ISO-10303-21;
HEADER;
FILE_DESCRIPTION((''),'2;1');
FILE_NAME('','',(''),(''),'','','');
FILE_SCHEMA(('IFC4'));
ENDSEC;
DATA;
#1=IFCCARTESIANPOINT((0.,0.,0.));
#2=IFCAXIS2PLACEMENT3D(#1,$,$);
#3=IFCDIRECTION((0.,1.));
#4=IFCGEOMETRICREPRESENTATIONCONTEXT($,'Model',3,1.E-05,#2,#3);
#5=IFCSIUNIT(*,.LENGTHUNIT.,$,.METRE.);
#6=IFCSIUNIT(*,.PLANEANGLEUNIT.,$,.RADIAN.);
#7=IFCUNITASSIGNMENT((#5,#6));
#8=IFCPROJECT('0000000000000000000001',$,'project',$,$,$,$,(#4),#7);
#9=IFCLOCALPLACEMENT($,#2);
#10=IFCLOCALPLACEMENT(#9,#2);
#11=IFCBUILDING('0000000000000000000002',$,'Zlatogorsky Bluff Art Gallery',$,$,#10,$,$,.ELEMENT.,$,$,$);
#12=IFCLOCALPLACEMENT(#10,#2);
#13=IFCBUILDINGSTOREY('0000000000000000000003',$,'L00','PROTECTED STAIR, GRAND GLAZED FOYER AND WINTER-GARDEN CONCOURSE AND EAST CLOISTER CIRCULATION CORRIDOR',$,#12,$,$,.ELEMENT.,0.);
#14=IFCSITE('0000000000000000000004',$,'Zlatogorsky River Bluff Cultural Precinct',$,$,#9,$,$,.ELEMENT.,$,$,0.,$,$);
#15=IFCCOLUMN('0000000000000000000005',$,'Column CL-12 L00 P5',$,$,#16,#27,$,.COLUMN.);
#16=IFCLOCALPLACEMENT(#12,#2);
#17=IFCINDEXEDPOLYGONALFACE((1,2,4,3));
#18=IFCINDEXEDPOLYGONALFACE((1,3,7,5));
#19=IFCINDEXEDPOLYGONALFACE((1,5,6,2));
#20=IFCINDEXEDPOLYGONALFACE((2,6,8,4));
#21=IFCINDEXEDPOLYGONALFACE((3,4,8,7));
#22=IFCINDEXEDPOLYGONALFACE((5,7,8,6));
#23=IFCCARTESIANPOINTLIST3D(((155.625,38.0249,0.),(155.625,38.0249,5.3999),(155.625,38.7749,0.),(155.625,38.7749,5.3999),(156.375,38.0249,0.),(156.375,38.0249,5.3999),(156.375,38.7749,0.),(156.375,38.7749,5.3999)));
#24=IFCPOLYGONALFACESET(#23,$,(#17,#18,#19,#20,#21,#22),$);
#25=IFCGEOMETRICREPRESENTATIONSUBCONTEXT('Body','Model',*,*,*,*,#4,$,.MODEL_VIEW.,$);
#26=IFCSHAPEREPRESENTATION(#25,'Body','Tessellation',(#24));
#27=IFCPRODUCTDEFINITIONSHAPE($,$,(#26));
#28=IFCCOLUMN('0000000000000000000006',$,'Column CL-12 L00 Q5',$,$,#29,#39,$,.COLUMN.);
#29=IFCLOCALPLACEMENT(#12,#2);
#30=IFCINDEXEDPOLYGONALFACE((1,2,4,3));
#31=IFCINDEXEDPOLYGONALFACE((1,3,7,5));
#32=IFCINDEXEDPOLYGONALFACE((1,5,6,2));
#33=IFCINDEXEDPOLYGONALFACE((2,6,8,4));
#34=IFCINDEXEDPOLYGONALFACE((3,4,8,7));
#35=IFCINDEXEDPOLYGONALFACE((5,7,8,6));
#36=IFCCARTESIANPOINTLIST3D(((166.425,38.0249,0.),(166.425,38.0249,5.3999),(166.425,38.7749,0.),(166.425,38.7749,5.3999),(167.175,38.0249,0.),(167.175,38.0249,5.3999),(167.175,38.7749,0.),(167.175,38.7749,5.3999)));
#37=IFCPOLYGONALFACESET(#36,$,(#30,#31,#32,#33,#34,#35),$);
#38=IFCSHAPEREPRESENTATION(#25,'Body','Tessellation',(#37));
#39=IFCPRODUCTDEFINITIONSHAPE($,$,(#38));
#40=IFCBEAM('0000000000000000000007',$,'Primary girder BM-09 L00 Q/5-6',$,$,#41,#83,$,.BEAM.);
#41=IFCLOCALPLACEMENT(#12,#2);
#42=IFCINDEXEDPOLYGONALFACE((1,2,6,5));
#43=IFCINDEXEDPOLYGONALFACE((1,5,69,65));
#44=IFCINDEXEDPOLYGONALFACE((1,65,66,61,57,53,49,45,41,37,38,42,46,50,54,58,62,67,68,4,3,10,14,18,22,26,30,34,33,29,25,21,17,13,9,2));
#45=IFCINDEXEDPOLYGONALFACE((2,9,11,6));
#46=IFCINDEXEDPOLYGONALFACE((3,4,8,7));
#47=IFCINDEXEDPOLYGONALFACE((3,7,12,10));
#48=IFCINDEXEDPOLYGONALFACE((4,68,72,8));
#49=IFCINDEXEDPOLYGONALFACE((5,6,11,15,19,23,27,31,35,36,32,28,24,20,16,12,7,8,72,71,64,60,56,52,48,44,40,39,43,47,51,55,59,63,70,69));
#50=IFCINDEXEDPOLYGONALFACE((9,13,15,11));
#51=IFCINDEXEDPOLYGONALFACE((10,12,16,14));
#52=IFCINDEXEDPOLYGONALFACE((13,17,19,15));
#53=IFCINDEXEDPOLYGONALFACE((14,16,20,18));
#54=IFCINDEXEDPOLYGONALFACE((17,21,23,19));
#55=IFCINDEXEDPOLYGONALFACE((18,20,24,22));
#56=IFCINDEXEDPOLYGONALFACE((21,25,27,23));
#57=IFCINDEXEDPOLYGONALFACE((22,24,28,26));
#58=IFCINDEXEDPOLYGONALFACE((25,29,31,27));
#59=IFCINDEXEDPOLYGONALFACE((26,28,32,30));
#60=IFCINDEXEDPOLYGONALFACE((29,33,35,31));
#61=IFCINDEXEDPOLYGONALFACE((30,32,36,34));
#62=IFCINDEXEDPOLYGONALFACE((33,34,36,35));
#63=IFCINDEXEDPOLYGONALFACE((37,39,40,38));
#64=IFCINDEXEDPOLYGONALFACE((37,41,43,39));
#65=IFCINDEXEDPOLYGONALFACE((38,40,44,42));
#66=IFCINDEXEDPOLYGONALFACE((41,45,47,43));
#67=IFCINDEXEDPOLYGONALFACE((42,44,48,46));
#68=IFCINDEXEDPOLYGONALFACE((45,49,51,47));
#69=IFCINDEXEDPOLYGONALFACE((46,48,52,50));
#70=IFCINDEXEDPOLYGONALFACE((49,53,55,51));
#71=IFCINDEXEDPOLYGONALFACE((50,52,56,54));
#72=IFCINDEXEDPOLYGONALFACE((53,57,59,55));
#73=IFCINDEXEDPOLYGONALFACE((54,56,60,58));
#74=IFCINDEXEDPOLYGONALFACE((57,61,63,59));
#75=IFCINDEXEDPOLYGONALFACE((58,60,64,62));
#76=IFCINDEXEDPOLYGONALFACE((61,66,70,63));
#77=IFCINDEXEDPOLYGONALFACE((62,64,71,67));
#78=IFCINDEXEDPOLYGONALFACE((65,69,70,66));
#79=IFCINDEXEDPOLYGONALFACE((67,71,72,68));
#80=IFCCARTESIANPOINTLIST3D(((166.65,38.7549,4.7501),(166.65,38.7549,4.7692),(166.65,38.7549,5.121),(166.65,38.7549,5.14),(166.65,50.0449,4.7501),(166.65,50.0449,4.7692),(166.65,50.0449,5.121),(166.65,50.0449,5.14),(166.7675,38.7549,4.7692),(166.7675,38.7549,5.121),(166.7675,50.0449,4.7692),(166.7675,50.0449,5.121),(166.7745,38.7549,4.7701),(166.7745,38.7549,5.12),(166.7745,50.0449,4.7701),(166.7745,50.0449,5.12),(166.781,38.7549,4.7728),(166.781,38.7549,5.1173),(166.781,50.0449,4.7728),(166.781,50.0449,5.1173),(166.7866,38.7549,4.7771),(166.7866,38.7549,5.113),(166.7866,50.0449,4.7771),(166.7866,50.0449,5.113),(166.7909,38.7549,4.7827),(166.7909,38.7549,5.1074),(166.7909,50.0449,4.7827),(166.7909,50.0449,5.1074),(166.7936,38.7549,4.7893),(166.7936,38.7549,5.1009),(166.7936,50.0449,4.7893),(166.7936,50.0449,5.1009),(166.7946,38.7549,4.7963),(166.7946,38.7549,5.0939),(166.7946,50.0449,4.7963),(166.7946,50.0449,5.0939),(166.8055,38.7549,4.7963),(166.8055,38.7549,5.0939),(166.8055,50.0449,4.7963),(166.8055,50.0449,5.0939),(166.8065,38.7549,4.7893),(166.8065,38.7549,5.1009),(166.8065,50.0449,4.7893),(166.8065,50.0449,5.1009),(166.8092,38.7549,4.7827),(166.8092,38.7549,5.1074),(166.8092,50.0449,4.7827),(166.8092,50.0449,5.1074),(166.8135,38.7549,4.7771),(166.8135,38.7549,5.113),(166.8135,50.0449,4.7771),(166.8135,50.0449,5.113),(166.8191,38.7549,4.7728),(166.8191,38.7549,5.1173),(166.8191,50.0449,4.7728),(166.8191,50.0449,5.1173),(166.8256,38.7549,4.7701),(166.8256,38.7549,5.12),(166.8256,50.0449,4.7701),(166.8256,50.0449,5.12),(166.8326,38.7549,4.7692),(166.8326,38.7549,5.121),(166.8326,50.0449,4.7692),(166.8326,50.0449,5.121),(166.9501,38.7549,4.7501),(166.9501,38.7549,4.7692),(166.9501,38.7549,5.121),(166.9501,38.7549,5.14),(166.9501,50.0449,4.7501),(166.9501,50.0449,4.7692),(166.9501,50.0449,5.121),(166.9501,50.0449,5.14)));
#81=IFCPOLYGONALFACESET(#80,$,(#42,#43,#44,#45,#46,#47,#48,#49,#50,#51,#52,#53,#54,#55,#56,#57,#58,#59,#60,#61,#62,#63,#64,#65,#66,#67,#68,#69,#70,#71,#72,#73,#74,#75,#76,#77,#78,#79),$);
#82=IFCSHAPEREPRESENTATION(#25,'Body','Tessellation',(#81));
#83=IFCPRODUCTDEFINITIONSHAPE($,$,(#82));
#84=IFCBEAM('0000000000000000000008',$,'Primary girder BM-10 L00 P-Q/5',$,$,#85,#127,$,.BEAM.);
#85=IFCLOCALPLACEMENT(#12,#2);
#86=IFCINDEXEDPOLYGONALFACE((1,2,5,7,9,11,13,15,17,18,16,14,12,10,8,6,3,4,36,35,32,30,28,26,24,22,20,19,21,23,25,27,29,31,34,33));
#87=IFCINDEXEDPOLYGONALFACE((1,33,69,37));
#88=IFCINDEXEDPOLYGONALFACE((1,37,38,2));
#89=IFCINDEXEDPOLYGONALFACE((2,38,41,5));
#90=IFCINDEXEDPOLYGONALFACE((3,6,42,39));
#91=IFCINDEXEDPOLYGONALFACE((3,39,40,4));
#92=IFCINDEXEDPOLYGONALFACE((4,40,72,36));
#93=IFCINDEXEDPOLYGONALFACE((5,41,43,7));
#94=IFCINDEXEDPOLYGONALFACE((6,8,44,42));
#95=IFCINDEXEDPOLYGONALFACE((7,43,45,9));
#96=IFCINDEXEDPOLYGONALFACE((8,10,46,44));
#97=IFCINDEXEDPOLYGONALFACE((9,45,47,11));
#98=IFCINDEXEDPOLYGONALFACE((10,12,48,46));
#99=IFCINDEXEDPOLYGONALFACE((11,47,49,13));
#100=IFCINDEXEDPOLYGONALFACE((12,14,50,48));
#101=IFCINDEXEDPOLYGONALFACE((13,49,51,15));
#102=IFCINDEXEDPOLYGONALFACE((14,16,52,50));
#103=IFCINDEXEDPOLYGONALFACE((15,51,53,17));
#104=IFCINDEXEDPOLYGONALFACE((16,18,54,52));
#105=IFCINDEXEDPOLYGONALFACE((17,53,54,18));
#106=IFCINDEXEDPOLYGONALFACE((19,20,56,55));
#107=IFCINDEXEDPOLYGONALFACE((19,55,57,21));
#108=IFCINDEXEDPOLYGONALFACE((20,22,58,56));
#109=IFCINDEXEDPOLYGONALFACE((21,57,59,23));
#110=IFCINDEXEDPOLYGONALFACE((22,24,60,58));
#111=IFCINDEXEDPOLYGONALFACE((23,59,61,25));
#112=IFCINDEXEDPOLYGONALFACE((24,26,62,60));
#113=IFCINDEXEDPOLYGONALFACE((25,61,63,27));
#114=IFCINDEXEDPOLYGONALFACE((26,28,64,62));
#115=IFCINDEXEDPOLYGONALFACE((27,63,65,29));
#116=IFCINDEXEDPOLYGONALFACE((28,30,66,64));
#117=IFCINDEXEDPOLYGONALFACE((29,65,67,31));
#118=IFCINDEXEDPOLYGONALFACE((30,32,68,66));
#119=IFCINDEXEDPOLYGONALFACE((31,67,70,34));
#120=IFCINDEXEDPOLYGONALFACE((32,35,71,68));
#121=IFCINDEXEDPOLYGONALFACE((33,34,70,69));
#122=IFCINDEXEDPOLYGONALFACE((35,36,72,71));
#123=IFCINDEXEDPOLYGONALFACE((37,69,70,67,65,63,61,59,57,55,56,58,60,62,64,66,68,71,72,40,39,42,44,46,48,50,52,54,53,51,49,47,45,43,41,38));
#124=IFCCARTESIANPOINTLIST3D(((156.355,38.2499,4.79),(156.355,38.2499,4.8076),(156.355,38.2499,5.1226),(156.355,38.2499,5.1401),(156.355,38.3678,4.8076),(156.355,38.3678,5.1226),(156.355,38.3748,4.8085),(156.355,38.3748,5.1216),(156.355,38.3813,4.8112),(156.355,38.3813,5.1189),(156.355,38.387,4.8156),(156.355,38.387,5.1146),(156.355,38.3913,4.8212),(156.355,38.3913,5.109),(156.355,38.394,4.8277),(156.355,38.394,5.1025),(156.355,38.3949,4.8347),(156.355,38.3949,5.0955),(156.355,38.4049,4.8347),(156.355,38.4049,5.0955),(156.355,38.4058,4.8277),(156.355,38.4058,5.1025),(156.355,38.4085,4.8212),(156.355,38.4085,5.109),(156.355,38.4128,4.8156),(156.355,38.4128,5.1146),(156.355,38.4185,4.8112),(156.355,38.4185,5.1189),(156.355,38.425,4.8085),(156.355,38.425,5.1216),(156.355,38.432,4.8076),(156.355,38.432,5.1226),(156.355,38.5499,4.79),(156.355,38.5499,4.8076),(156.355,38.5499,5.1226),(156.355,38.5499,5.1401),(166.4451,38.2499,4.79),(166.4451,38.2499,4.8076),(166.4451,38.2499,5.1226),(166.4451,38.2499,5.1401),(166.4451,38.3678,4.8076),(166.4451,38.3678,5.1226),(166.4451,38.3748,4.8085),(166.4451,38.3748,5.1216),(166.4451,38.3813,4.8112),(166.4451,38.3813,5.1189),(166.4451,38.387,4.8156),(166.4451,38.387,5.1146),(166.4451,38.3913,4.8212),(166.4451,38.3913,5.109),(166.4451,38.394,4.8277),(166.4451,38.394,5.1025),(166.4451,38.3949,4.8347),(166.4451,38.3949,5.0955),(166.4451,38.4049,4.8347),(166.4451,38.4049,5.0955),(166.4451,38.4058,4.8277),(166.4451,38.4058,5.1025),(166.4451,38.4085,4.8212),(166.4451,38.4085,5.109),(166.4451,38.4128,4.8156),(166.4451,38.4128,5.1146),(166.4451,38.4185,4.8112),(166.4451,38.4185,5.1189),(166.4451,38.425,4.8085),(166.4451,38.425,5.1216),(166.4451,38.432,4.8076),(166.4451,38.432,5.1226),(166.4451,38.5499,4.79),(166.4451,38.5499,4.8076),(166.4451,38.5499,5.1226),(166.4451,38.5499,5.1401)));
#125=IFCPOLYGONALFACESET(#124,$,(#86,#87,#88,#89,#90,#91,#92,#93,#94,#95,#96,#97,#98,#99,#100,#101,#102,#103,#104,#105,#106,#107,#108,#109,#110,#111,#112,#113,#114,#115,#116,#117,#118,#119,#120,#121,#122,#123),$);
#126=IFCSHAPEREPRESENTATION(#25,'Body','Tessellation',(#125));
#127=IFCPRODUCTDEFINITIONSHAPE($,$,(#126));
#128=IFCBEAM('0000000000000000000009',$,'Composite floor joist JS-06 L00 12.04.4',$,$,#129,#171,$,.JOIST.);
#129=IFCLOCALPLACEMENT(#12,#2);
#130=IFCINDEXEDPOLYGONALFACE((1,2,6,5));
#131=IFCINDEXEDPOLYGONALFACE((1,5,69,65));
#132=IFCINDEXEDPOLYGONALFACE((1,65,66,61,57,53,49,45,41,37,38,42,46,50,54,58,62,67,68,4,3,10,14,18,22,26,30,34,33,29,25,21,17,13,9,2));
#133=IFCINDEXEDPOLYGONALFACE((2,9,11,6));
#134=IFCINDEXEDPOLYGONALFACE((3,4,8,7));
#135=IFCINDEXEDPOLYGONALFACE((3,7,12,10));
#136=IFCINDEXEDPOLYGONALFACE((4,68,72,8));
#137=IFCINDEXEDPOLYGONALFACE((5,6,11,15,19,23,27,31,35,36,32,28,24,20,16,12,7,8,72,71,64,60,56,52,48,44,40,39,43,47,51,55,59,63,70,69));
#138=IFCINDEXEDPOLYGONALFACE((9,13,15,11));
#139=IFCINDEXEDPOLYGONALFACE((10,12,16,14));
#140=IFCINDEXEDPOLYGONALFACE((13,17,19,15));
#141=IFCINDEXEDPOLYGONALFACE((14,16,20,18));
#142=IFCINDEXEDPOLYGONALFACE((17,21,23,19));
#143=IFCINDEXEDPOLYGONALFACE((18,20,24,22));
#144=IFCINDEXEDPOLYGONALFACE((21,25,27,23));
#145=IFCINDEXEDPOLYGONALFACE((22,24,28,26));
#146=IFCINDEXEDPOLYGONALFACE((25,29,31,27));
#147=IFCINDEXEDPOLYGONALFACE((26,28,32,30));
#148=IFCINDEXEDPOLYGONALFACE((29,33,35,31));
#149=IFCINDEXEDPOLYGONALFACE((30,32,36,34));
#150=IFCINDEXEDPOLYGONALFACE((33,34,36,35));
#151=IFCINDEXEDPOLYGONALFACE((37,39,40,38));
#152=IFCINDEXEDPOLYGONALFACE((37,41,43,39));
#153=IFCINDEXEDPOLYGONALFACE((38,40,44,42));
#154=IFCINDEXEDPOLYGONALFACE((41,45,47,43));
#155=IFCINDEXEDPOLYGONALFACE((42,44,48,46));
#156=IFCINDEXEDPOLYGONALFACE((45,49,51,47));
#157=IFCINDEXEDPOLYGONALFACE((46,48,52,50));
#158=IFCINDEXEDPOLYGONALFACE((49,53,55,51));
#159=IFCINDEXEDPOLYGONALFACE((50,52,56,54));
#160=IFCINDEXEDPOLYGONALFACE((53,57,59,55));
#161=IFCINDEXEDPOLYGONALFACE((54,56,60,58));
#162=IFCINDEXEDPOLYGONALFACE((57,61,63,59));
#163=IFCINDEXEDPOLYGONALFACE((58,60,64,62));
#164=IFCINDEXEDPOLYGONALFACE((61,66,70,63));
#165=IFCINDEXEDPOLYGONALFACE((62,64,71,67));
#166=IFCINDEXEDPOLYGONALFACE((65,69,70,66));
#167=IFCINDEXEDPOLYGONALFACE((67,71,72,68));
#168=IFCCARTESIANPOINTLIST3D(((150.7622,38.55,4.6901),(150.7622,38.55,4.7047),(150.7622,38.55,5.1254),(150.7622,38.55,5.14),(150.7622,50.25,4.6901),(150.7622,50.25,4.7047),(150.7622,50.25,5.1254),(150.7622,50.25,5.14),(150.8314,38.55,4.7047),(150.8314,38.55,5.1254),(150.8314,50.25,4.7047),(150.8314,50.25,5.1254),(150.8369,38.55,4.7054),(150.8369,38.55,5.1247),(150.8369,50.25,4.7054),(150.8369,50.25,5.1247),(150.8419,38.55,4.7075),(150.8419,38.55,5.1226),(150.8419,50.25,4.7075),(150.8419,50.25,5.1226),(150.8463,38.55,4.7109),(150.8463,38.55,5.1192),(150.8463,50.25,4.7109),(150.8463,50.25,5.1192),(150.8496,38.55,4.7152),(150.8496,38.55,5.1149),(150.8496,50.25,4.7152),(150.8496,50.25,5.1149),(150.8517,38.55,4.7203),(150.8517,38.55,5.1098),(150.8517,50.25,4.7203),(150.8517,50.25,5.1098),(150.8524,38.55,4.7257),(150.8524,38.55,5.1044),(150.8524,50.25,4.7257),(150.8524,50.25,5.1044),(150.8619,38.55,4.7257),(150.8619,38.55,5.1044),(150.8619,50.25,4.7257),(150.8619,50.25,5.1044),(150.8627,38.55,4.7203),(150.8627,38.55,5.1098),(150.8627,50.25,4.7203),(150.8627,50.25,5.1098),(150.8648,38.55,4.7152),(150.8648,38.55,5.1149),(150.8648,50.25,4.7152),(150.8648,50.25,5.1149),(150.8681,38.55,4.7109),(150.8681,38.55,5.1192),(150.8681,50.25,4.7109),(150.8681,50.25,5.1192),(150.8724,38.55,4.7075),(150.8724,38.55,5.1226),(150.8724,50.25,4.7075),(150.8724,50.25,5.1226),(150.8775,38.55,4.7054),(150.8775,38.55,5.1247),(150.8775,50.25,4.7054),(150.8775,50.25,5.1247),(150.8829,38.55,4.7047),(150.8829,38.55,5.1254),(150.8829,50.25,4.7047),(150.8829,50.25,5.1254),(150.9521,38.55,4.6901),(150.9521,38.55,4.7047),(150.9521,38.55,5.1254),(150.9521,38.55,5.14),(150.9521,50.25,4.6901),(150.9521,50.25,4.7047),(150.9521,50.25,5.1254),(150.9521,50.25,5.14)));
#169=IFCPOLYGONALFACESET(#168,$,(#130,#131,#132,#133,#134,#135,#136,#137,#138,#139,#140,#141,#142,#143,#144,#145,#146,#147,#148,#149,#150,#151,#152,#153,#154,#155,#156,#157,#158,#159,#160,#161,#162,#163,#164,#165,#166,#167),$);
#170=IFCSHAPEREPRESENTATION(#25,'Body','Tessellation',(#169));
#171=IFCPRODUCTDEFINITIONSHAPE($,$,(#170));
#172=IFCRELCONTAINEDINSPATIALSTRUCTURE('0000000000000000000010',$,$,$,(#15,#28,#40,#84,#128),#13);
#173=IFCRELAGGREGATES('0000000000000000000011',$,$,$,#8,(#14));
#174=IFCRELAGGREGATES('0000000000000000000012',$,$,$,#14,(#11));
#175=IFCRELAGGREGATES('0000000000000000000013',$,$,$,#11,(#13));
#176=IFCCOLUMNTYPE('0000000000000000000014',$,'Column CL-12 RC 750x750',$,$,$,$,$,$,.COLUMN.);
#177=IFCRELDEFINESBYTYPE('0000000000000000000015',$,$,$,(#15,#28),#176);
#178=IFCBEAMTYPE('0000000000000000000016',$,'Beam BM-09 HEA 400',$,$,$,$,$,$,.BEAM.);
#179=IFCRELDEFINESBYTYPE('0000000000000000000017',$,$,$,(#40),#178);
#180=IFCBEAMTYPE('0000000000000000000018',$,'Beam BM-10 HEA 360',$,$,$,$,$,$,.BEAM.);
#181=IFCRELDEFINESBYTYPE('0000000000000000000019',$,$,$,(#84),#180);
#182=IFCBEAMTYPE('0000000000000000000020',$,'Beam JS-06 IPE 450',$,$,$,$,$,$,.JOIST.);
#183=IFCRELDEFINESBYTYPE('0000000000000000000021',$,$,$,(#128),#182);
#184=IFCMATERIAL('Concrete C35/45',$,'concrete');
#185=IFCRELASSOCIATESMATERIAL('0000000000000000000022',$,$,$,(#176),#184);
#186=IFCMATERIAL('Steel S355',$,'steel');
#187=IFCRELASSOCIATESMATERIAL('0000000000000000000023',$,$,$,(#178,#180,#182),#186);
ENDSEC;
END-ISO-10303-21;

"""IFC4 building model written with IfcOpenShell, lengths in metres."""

from ifc_helpers import new_model, si_unit, direction, frame, origin, origin_2d, place, context, subcontext, project, spatial, rectangle, i_section, extrude, material, material_profile, profile_set, type_object, element, save


model = new_model("IFC4")

# Units and contexts
model_context = context("Model", 3, precision=1e-05, world=origin(), true_north=direction((0.0, 1.0)))
body_context = subcontext(model_context, "Body", "Model", "MODEL_VIEW")
ifc_project = project(units=[si_unit("LENGTHUNIT", "METRE"), si_unit("PLANEANGLEUNIT", "RADIAN")], contexts=[model_context])

# Site, building, storey
site_placement = place(None, origin())
site = spatial("IfcSite", under=ifc_project, at=site_placement, Name="Zlatogorsky River Bluff Cultural Precinct", CompositionType="ELEMENT", RefElevation=0.0)
building_placement = place(site_placement, origin())
building = spatial("IfcBuilding", under=site, at=building_placement, Name="Zlatogorsky Bluff Art Gallery", CompositionType="ELEMENT")
storey_placement = place(building_placement, origin())
storey = spatial("IfcBuildingStorey", under=building, at=storey_placement, Name="L00", Description="PROTECTED STAIR, GRAND GLAZED FOYER AND WINTER-GARDEN CONCOURSE AND EAST CLOISTER CIRCULATION CORRIDOR", CompositionType="ELEMENT", Elevation=0.0)

# Columns
ifc_material_1 = material(Name="Concrete C35/45", Category="concrete")
ifc_material_profile_1 = material_profile(ifc_material_1, rectangle(XDim=0.75, YDim=0.75, at=origin_2d()), Name="RC 750x750")
ifc_profile_set_1 = profile_set([ifc_material_profile_1], Name="Concrete C35/45")
column_type = type_object("IfcColumnType", Name="Column CL-12 RC 750x750", PredefinedType="COLUMN", material=ifc_profile_set_1)
for number, where, z_axis, x_axis, name in (
    (1, (156.0, 38.3999, 0.0), (0.0, 0.0, 1.0), (1.0, 0.0, 0.0), "Column CL-12 L00 P5"),
    (2, (166.8, 38.3999, 0.0), (0.0, 0.0, 1.0), (1.0, 0.0, 0.0), "Column CL-12 L00 Q5"),
):
    element("IfcColumn", number, at=place(storey_placement, frame(where, z_axis=z_axis, x_axis=x_axis)), inside=storey, type_object=column_type, Name=name, PredefinedType="COLUMN", context=body_context, shape_type="SweptSolid", body=[
        extrude(rectangle(XDim=0.75, YDim=0.75, at=origin_2d()), origin(), (0.0, 0.0, 1.0), 5.3999),
    ])

# Beams
ifc_material_2 = material(Name="Steel S355", Category="steel")
ifc_material_profile_2 = material_profile(ifc_material_2, i_section(OverallWidth=0.3, OverallDepth=0.3899, WebThickness=0.011, FlangeThickness=0.019, FilletRadius=0.0271, at=origin_2d()), Name="HEA 400")
ifc_profile_set_2 = profile_set([ifc_material_profile_2], Name="Steel S355")
beam_type_1 = type_object("IfcBeamType", Name="Beam BM-09 HEA 400", PredefinedType="BEAM", material=ifc_profile_set_2)
beam_1_placement = place(storey_placement, frame((166.8, 38.7549, 4.9451), z_axis=(0.0, 1.0, 0.0), x_axis=(-1.0, 0.0, 0.0)))
element("IfcBeam", 3, at=beam_1_placement, inside=storey, type_object=beam_type_1, Name="Primary girder BM-09 L00 Q/5-6", PredefinedType="BEAM", context=body_context, shape_type="SweptSolid", body=[
    extrude(i_section(OverallWidth=0.3, OverallDepth=0.3899, WebThickness=0.011, FlangeThickness=0.019, FilletRadius=0.0271, at=origin_2d()), origin(), (0.0, 0.0, 1.0), 11.29),
])
ifc_material_profile_3 = material_profile(ifc_material_2, i_section(OverallWidth=0.3, OverallDepth=0.3501, WebThickness=0.01, FlangeThickness=0.0176, FilletRadius=0.0271, at=origin_2d()), Name="HEA 360")
ifc_profile_set_3 = profile_set([ifc_material_profile_3], Name="Steel S355")
beam_type_2 = type_object("IfcBeamType", Name="Beam BM-10 HEA 360", PredefinedType="BEAM", material=ifc_profile_set_3)
beam_2_placement = place(storey_placement, frame((156.355, 38.3999, 4.9651), z_axis=(1.0, 0.0, 0.0), x_axis=(0.0, 1.0, 0.0)))
element("IfcBeam", 4, at=beam_2_placement, inside=storey, type_object=beam_type_2, Name="Primary girder BM-10 L00 P-Q/5", PredefinedType="BEAM", context=body_context, shape_type="SweptSolid", body=[
    extrude(i_section(OverallWidth=0.3, OverallDepth=0.3501, WebThickness=0.01, FlangeThickness=0.0176, FilletRadius=0.0271, at=origin_2d()), origin(), (0.0, 0.0, 1.0), 10.0901),
])
ifc_material_profile_4 = material_profile(ifc_material_2, i_section(OverallWidth=0.1899, OverallDepth=0.45, WebThickness=0.0095, FlangeThickness=0.0146, FilletRadius=0.021, at=origin_2d()), Name="IPE 450")
ifc_profile_set_4 = profile_set([ifc_material_profile_4], Name="Steel S355")
beam_type_3 = type_object("IfcBeamType", Name="Beam JS-06 IPE 450", PredefinedType="JOIST", material=ifc_profile_set_4)
for number, where, z_axis, x_axis, name in (
    (5, (150.8572, 38.55, 4.915), (0.0, 1.0, 0.0), (-1.0, 0.0, 0.0), "Composite floor joist JS-06 L00 12.04.4"),
):
    element("IfcBeam", number, at=place(storey_placement, frame(where, z_axis=z_axis, x_axis=x_axis)), inside=storey, type_object=beam_type_3, Name=name, PredefinedType="JOIST", context=body_context, shape_type="SweptSolid", body=[
        extrude(i_section(OverallWidth=0.1899, OverallDepth=0.45, WebThickness=0.0095, FlangeThickness=0.0146, FilletRadius=0.021, at=origin_2d()), origin(), (0.0, 0.0, 1.0), 11.7),
    ])

save(model, "model.ifc")
